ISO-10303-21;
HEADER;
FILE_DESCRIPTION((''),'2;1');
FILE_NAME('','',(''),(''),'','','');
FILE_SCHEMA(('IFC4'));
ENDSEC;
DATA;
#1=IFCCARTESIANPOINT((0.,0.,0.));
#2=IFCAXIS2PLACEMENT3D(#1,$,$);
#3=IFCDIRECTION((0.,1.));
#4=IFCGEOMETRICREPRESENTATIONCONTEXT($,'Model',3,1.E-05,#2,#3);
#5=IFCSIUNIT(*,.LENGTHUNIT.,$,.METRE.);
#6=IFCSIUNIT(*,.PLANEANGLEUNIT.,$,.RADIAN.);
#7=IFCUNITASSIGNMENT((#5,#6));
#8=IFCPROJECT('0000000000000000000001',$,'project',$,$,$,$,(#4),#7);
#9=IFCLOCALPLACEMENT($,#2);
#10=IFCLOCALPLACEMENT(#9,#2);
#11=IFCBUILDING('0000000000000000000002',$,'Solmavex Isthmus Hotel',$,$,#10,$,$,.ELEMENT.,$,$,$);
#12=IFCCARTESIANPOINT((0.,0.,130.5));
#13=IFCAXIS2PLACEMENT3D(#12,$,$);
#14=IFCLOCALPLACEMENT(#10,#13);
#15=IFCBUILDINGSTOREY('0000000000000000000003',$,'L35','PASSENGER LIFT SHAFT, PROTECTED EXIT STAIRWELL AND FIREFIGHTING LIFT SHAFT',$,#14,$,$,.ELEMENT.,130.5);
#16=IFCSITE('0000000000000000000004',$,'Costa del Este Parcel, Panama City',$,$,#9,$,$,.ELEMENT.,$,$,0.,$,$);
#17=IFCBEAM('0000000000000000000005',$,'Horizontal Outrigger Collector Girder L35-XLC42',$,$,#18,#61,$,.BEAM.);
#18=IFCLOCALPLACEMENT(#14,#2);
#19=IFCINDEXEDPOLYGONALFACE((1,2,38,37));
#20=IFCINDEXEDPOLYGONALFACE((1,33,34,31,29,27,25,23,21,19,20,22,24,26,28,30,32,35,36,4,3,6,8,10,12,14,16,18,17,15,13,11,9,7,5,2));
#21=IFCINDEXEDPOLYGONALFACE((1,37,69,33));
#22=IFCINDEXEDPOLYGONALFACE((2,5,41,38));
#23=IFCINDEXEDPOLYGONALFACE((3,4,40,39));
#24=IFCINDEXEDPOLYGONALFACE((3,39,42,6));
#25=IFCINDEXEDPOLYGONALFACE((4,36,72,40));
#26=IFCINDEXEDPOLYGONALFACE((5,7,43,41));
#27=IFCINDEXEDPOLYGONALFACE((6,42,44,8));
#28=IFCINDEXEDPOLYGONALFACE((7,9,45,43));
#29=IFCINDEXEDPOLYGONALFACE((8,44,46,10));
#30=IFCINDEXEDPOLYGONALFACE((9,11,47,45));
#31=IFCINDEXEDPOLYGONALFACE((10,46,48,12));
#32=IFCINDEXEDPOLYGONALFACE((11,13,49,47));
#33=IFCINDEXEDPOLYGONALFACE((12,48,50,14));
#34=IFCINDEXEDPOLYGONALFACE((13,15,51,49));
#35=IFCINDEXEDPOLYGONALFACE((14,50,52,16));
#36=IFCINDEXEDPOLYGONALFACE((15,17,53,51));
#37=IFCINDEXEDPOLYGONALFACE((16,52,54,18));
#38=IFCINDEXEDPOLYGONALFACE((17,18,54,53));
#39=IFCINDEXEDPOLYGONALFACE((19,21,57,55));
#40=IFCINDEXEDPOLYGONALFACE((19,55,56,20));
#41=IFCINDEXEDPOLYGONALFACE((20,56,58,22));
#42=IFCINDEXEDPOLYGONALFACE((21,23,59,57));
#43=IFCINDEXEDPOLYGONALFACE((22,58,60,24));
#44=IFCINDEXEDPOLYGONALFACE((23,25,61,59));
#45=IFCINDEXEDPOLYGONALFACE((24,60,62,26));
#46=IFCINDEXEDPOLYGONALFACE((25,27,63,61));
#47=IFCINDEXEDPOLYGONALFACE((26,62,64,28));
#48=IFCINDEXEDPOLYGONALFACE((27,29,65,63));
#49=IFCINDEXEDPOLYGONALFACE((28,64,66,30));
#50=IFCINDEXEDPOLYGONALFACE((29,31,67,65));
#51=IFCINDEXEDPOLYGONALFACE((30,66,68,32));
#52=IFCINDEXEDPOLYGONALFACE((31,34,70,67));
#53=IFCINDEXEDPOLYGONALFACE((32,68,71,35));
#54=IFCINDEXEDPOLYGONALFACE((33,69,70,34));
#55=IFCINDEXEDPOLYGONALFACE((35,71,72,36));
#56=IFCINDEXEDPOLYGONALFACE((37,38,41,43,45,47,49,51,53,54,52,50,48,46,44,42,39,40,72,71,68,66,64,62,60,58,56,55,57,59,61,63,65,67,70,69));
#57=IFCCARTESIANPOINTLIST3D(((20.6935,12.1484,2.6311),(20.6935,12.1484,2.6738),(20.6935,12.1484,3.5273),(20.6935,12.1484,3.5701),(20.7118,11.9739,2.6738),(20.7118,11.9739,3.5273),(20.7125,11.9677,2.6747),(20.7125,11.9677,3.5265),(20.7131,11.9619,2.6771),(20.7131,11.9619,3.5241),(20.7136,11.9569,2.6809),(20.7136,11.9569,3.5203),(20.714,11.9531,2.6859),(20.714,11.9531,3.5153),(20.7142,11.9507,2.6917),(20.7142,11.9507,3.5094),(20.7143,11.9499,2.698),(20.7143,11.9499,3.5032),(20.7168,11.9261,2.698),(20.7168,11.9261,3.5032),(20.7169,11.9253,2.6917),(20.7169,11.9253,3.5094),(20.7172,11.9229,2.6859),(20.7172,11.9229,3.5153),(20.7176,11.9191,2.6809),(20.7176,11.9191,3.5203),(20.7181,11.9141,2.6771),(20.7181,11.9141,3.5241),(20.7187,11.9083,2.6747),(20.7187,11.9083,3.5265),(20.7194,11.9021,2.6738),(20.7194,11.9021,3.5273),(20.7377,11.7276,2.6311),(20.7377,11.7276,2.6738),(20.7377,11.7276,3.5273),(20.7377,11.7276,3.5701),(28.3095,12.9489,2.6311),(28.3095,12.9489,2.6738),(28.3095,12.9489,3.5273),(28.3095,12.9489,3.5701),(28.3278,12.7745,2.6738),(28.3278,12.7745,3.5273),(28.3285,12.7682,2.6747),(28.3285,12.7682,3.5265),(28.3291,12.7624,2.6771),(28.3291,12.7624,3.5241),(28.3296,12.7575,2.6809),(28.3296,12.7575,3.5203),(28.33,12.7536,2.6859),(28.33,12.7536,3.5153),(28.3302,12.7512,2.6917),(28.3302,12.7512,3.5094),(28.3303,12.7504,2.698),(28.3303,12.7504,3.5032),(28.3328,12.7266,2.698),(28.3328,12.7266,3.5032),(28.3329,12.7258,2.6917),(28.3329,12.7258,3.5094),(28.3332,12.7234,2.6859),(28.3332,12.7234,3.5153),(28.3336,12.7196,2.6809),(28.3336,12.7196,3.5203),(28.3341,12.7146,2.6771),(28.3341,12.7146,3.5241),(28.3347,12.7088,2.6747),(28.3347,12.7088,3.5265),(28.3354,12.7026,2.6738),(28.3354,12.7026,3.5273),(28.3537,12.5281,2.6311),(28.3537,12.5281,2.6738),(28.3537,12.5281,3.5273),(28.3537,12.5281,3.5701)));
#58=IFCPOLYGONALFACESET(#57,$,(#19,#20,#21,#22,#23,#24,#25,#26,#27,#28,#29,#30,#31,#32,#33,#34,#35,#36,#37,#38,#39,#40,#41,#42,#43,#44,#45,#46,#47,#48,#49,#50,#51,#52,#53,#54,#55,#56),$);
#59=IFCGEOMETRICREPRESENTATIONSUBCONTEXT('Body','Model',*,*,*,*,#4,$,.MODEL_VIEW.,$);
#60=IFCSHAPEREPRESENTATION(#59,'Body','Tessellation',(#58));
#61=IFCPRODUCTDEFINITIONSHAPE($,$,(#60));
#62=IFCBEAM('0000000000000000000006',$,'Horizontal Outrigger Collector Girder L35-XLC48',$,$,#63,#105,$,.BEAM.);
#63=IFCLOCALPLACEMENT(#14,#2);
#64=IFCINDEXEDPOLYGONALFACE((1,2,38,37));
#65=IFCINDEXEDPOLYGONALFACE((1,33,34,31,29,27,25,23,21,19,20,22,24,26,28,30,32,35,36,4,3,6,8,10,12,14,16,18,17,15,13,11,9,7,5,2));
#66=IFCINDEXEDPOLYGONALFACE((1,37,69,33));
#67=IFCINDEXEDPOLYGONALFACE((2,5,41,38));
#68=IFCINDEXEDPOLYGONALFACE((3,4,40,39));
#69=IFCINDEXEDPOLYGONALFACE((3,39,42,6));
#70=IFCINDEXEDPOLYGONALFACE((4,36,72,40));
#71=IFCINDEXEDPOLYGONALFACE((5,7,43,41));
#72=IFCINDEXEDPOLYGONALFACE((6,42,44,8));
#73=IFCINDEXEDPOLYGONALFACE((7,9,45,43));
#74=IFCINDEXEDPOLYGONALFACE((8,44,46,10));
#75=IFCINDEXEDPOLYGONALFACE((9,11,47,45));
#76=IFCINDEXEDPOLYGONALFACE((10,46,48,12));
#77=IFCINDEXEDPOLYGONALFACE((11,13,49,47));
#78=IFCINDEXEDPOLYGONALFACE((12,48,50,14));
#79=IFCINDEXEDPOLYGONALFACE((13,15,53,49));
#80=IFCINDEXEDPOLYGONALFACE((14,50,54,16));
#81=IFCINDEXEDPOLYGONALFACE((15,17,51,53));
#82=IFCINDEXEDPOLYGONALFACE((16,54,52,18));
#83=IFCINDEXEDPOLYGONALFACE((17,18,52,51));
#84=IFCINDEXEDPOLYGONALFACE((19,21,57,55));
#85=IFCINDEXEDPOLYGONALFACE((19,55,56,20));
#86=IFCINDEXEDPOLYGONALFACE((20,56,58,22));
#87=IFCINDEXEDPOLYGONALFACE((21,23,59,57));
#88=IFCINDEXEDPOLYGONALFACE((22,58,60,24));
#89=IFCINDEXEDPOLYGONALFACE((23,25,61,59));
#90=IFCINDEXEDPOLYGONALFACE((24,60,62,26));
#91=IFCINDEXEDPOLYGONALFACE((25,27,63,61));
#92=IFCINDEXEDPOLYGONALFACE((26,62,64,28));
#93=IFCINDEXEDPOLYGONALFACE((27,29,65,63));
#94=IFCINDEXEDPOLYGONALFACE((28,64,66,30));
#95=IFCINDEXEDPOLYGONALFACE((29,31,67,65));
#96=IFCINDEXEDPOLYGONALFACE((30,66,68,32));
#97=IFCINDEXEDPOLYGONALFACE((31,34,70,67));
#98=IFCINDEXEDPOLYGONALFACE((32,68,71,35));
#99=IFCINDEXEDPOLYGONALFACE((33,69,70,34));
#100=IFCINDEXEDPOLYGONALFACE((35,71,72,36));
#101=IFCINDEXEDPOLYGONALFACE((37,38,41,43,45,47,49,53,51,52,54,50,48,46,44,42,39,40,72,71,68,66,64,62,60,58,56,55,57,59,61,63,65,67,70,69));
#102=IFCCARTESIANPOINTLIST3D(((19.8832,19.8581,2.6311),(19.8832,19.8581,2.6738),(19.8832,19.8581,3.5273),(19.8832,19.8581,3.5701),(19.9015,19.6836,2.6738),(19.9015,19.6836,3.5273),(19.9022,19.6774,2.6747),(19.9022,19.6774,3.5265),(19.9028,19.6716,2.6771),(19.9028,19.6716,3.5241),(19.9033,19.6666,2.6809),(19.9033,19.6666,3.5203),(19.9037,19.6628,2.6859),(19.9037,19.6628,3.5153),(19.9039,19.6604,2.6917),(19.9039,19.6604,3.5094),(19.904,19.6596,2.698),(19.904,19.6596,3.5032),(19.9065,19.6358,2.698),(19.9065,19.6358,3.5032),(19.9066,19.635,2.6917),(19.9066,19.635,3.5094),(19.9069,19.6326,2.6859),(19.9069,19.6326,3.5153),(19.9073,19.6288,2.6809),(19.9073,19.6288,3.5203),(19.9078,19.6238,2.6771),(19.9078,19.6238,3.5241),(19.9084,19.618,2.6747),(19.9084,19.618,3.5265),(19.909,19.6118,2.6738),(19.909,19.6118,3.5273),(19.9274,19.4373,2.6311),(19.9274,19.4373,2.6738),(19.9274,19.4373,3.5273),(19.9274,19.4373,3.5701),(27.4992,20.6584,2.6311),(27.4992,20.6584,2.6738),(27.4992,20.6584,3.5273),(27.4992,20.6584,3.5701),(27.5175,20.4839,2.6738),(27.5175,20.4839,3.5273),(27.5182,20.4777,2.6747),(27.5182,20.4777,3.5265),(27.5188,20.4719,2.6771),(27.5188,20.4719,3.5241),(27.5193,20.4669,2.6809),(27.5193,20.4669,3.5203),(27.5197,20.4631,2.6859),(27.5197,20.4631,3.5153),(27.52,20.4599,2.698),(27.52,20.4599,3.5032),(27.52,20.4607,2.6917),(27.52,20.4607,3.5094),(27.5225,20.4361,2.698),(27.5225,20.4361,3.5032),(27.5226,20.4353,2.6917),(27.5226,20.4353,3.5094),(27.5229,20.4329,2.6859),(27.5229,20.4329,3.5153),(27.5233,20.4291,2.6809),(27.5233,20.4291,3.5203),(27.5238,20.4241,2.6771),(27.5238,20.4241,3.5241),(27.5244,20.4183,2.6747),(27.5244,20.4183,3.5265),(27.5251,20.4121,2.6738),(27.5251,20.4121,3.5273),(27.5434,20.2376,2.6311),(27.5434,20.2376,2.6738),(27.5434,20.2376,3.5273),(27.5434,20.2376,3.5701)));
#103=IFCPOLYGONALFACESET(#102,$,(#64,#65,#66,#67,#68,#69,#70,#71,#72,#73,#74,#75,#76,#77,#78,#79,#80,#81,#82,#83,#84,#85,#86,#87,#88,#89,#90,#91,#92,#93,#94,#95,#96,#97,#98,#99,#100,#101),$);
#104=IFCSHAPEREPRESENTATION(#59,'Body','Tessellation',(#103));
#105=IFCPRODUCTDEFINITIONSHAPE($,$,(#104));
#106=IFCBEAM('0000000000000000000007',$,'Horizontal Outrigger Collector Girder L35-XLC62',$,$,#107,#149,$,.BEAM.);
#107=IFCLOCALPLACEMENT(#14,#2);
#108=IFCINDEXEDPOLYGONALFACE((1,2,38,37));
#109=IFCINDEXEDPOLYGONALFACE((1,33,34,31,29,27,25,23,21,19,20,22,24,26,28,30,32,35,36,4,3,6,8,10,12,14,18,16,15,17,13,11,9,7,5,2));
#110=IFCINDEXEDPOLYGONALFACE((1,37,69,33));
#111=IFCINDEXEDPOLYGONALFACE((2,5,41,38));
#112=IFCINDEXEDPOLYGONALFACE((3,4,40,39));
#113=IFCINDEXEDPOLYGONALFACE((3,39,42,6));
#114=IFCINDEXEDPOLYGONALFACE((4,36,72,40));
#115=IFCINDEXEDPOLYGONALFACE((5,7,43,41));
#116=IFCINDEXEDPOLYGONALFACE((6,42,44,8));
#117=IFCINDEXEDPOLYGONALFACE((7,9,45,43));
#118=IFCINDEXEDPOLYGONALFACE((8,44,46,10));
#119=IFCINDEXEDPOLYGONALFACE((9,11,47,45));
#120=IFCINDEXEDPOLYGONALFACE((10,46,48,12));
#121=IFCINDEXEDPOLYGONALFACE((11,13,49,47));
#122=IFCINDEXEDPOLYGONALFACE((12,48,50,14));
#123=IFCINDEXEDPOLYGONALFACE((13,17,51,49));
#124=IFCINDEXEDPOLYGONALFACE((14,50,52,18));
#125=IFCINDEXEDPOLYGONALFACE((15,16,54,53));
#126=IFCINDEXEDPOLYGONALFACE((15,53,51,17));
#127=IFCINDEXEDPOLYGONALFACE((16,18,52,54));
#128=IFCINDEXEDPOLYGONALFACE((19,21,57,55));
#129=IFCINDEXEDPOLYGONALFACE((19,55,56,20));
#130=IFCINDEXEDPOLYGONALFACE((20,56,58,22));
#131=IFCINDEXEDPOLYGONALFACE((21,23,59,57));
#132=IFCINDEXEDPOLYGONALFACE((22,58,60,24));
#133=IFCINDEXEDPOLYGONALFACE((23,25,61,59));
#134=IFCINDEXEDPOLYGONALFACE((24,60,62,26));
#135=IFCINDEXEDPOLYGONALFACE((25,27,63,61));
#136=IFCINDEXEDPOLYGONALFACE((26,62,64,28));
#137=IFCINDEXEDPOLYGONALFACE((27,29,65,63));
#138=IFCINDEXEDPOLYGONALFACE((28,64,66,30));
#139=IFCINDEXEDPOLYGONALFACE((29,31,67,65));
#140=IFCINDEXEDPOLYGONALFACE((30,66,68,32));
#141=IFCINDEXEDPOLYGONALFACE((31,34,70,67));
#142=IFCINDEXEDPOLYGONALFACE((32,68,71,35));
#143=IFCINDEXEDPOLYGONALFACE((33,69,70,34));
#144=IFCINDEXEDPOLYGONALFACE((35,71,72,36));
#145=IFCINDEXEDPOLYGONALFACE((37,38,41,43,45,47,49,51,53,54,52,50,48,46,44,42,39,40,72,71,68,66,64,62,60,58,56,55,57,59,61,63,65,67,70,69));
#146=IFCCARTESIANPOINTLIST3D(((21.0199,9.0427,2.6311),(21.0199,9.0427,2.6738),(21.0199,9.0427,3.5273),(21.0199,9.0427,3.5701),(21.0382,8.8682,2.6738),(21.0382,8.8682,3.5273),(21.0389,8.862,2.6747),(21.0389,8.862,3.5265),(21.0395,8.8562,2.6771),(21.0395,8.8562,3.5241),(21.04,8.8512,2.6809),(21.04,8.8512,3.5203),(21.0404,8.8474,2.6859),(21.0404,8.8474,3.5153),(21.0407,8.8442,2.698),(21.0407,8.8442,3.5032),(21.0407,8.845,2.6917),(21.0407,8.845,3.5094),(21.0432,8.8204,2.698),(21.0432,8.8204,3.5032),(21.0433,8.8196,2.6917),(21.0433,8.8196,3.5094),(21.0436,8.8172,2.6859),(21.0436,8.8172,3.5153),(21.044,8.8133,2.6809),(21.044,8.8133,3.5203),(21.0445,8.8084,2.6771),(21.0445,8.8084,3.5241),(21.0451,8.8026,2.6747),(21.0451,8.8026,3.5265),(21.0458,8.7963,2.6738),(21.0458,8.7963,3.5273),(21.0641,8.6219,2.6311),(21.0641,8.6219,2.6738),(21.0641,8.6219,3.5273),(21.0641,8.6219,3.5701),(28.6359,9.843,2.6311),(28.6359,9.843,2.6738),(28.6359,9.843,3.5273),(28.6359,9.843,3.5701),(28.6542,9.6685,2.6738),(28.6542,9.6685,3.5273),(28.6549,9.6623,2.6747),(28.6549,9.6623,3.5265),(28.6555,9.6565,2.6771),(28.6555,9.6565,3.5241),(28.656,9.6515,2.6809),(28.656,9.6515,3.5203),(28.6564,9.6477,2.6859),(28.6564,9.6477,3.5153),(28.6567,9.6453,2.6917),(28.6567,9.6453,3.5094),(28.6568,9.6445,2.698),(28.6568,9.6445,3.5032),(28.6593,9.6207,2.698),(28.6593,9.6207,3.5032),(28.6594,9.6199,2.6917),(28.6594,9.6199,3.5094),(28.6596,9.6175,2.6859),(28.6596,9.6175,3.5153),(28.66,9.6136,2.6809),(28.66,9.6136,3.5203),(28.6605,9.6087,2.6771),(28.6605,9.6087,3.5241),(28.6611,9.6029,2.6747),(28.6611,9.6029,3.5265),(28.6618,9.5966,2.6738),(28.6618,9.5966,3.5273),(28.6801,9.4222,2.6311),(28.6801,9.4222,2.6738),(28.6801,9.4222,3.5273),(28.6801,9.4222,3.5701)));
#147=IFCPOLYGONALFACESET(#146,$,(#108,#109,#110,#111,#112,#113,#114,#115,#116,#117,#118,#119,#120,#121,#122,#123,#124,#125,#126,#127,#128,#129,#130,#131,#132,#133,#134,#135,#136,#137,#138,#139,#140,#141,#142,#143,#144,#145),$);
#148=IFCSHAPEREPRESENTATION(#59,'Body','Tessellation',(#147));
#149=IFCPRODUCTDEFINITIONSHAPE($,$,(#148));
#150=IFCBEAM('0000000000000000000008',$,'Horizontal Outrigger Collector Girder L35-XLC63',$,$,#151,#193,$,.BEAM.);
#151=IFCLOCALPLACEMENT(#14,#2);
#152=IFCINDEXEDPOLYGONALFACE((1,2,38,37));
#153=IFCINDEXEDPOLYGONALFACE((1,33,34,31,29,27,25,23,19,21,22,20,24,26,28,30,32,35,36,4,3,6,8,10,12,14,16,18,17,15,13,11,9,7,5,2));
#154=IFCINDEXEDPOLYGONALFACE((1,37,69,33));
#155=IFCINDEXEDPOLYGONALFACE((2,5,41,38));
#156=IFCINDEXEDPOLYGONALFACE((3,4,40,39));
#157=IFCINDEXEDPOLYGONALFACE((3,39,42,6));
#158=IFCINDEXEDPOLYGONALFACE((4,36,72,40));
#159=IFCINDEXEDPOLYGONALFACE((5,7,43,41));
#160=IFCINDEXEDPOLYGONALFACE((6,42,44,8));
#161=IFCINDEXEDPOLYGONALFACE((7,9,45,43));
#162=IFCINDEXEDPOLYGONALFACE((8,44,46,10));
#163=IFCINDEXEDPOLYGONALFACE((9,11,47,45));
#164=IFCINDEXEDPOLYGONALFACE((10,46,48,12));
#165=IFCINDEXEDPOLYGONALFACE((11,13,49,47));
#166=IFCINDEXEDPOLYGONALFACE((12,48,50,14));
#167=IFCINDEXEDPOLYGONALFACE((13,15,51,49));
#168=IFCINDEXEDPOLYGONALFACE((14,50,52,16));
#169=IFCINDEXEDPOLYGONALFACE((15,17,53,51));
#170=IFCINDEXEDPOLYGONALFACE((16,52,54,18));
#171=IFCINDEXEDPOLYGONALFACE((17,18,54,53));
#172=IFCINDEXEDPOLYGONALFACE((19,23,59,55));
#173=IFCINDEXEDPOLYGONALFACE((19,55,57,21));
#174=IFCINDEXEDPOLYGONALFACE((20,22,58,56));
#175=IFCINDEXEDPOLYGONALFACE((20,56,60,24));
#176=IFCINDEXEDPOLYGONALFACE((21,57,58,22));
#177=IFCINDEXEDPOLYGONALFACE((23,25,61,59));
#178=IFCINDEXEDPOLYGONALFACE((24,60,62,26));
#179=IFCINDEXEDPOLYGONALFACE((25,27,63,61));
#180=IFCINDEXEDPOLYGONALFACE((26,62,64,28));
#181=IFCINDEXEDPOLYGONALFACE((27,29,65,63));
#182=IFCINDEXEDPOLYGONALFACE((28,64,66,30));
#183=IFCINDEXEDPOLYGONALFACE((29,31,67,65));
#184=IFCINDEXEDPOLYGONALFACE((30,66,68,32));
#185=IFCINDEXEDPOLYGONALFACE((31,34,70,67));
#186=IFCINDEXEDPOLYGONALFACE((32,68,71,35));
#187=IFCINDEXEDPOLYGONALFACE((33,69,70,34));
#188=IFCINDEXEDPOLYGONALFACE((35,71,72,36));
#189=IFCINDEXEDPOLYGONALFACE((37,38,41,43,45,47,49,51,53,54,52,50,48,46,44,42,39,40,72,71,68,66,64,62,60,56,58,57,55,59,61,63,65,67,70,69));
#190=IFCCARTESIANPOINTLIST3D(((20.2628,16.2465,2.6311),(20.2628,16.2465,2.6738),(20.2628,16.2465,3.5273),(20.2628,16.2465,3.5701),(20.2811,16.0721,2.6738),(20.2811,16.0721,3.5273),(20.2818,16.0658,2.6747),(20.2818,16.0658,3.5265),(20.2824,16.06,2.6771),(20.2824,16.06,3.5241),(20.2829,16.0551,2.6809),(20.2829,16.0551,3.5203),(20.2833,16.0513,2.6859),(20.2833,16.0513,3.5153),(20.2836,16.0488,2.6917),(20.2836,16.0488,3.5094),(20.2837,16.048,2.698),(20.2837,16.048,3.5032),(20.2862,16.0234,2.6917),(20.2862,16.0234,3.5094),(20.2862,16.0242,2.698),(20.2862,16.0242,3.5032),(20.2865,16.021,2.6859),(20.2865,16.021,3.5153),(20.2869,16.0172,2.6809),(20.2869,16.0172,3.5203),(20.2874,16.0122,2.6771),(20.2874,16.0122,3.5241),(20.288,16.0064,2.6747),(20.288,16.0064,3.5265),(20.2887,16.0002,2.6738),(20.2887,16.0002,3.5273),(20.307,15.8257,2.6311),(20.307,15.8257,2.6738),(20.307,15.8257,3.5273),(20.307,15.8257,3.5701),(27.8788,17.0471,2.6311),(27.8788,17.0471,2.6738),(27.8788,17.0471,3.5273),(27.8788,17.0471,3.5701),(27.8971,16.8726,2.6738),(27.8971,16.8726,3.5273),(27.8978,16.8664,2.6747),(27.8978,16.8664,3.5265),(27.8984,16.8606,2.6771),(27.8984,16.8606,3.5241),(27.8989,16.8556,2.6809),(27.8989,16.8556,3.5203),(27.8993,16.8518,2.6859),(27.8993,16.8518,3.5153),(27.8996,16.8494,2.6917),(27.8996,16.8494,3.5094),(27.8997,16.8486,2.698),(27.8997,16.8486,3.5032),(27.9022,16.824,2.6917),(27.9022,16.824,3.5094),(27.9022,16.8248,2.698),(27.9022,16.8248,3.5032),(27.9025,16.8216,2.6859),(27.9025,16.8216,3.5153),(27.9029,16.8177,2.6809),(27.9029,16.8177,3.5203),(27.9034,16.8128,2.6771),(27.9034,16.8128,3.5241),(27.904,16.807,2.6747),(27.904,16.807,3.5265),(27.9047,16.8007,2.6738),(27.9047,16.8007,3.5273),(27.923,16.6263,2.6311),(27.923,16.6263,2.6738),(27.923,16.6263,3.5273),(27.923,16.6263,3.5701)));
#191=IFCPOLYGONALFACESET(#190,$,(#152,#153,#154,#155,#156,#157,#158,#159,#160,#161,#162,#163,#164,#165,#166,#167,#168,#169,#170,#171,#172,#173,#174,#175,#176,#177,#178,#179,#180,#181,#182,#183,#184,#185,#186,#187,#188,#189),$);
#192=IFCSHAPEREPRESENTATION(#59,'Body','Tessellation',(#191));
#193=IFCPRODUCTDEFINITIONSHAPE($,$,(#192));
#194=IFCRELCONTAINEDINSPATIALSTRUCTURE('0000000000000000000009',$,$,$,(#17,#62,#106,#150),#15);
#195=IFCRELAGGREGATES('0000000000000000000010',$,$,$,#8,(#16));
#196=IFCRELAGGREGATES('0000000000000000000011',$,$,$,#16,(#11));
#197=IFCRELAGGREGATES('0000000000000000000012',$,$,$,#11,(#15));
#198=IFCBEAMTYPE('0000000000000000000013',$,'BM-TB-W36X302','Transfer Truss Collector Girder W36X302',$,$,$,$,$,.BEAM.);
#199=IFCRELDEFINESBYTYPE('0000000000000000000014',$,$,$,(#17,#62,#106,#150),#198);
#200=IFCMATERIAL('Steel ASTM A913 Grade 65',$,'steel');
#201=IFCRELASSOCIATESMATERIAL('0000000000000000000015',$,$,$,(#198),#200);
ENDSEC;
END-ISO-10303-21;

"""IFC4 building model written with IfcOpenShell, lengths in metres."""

from ifc_helpers import new_model, si_unit, direction, frame, origin, origin_2d, place, context, subcontext, project, spatial, i_section, extrude, material, material_profile, profile_set, type_object, element, save


model = new_model("IFC4")

# Units and contexts
model_context = context("Model", 3, precision=1e-05, world=origin(), true_north=direction((0.0, 1.0)))
body_context = subcontext(model_context, "Body", "Model", "MODEL_VIEW")
ifc_project = project(units=[si_unit("LENGTHUNIT", "METRE"), si_unit("PLANEANGLEUNIT", "RADIAN")], contexts=[model_context])

# Site, building, storey
site_placement = place(None, origin())
site = spatial("IfcSite", under=ifc_project, at=site_placement, Name="Costa del Este Parcel, Panama City", CompositionType="ELEMENT", RefElevation=0.0)
building_placement = place(site_placement, origin())
building = spatial("IfcBuilding", under=site, at=building_placement, Name="Solmavex Isthmus Hotel", CompositionType="ELEMENT")
storey_placement = place(building_placement, frame((0.0, 0.0, 130.5)))
storey = spatial("IfcBuildingStorey", under=building, at=storey_placement, Name="L35", Description="PASSENGER LIFT SHAFT, PROTECTED EXIT STAIRWELL AND FIREFIGHTING LIFT SHAFT", CompositionType="ELEMENT", Elevation=130.5)

# Shared definitions
ifc_material_1 = material(Name="Steel ASTM A913 Grade 65", Category="steel")

# Beams
ifc_material_profile_1 = material_profile(ifc_material_1, i_section(OverallWidth=0.4231, OverallDepth=0.939, WebThickness=0.0239, FlangeThickness=0.0427, FilletRadius=0.0242, at=origin_2d()), Name="W36X302")
ifc_profile_set_1 = profile_set([ifc_material_profile_1], Name="Steel ASTM A913 Grade 65")
beam_type_1 = type_object("IfcBeamType", Name="BM-TB-W36X302", Description="Transfer Truss Collector Girder W36X302", PredefinedType="BEAM", material=ifc_profile_set_1)
for number, where, z_axis, x_axis, name in (
    (1, (20.7156, 11.938, 3.1006), (0.994521, 0.104537, 0.0), (-0.104537, 0.994521, 0.0), "Horizontal Outrigger Collector Girder L35-XLC42"),
    (2, (19.9053, 19.6477, 3.1006), (0.994524, 0.104506, 0.0), (-0.104506, 0.994524, 0.0), "Horizontal Outrigger Collector Girder L35-XLC48"),
    (3, (21.042, 8.8323, 3.1006), (0.994524, 0.104506, 0.0), (-0.104506, 0.994524, 0.0), "Horizontal Outrigger Collector Girder L35-XLC62"),
    (4, (20.2849, 16.0361, 3.1006), (0.994521, 0.104537, 0.0), (-0.104537, 0.994521, 0.0), "Horizontal Outrigger Collector Girder L35-XLC63"),
):
    element("IfcBeam", number, at=place(storey_placement, frame(where, z_axis=z_axis, x_axis=x_axis)), inside=storey, type_object=beam_type_1, Name=name, PredefinedType="BEAM", context=body_context, shape_type="SweptSolid", body=[
        extrude(i_section(OverallWidth=0.4231, OverallDepth=0.939, WebThickness=0.0239, FlangeThickness=0.0427, FilletRadius=0.0242, at=origin_2d()), origin(), (0.0, 0.0, 1.0), 7.658),
    ])

save(model, "model.ifc")
